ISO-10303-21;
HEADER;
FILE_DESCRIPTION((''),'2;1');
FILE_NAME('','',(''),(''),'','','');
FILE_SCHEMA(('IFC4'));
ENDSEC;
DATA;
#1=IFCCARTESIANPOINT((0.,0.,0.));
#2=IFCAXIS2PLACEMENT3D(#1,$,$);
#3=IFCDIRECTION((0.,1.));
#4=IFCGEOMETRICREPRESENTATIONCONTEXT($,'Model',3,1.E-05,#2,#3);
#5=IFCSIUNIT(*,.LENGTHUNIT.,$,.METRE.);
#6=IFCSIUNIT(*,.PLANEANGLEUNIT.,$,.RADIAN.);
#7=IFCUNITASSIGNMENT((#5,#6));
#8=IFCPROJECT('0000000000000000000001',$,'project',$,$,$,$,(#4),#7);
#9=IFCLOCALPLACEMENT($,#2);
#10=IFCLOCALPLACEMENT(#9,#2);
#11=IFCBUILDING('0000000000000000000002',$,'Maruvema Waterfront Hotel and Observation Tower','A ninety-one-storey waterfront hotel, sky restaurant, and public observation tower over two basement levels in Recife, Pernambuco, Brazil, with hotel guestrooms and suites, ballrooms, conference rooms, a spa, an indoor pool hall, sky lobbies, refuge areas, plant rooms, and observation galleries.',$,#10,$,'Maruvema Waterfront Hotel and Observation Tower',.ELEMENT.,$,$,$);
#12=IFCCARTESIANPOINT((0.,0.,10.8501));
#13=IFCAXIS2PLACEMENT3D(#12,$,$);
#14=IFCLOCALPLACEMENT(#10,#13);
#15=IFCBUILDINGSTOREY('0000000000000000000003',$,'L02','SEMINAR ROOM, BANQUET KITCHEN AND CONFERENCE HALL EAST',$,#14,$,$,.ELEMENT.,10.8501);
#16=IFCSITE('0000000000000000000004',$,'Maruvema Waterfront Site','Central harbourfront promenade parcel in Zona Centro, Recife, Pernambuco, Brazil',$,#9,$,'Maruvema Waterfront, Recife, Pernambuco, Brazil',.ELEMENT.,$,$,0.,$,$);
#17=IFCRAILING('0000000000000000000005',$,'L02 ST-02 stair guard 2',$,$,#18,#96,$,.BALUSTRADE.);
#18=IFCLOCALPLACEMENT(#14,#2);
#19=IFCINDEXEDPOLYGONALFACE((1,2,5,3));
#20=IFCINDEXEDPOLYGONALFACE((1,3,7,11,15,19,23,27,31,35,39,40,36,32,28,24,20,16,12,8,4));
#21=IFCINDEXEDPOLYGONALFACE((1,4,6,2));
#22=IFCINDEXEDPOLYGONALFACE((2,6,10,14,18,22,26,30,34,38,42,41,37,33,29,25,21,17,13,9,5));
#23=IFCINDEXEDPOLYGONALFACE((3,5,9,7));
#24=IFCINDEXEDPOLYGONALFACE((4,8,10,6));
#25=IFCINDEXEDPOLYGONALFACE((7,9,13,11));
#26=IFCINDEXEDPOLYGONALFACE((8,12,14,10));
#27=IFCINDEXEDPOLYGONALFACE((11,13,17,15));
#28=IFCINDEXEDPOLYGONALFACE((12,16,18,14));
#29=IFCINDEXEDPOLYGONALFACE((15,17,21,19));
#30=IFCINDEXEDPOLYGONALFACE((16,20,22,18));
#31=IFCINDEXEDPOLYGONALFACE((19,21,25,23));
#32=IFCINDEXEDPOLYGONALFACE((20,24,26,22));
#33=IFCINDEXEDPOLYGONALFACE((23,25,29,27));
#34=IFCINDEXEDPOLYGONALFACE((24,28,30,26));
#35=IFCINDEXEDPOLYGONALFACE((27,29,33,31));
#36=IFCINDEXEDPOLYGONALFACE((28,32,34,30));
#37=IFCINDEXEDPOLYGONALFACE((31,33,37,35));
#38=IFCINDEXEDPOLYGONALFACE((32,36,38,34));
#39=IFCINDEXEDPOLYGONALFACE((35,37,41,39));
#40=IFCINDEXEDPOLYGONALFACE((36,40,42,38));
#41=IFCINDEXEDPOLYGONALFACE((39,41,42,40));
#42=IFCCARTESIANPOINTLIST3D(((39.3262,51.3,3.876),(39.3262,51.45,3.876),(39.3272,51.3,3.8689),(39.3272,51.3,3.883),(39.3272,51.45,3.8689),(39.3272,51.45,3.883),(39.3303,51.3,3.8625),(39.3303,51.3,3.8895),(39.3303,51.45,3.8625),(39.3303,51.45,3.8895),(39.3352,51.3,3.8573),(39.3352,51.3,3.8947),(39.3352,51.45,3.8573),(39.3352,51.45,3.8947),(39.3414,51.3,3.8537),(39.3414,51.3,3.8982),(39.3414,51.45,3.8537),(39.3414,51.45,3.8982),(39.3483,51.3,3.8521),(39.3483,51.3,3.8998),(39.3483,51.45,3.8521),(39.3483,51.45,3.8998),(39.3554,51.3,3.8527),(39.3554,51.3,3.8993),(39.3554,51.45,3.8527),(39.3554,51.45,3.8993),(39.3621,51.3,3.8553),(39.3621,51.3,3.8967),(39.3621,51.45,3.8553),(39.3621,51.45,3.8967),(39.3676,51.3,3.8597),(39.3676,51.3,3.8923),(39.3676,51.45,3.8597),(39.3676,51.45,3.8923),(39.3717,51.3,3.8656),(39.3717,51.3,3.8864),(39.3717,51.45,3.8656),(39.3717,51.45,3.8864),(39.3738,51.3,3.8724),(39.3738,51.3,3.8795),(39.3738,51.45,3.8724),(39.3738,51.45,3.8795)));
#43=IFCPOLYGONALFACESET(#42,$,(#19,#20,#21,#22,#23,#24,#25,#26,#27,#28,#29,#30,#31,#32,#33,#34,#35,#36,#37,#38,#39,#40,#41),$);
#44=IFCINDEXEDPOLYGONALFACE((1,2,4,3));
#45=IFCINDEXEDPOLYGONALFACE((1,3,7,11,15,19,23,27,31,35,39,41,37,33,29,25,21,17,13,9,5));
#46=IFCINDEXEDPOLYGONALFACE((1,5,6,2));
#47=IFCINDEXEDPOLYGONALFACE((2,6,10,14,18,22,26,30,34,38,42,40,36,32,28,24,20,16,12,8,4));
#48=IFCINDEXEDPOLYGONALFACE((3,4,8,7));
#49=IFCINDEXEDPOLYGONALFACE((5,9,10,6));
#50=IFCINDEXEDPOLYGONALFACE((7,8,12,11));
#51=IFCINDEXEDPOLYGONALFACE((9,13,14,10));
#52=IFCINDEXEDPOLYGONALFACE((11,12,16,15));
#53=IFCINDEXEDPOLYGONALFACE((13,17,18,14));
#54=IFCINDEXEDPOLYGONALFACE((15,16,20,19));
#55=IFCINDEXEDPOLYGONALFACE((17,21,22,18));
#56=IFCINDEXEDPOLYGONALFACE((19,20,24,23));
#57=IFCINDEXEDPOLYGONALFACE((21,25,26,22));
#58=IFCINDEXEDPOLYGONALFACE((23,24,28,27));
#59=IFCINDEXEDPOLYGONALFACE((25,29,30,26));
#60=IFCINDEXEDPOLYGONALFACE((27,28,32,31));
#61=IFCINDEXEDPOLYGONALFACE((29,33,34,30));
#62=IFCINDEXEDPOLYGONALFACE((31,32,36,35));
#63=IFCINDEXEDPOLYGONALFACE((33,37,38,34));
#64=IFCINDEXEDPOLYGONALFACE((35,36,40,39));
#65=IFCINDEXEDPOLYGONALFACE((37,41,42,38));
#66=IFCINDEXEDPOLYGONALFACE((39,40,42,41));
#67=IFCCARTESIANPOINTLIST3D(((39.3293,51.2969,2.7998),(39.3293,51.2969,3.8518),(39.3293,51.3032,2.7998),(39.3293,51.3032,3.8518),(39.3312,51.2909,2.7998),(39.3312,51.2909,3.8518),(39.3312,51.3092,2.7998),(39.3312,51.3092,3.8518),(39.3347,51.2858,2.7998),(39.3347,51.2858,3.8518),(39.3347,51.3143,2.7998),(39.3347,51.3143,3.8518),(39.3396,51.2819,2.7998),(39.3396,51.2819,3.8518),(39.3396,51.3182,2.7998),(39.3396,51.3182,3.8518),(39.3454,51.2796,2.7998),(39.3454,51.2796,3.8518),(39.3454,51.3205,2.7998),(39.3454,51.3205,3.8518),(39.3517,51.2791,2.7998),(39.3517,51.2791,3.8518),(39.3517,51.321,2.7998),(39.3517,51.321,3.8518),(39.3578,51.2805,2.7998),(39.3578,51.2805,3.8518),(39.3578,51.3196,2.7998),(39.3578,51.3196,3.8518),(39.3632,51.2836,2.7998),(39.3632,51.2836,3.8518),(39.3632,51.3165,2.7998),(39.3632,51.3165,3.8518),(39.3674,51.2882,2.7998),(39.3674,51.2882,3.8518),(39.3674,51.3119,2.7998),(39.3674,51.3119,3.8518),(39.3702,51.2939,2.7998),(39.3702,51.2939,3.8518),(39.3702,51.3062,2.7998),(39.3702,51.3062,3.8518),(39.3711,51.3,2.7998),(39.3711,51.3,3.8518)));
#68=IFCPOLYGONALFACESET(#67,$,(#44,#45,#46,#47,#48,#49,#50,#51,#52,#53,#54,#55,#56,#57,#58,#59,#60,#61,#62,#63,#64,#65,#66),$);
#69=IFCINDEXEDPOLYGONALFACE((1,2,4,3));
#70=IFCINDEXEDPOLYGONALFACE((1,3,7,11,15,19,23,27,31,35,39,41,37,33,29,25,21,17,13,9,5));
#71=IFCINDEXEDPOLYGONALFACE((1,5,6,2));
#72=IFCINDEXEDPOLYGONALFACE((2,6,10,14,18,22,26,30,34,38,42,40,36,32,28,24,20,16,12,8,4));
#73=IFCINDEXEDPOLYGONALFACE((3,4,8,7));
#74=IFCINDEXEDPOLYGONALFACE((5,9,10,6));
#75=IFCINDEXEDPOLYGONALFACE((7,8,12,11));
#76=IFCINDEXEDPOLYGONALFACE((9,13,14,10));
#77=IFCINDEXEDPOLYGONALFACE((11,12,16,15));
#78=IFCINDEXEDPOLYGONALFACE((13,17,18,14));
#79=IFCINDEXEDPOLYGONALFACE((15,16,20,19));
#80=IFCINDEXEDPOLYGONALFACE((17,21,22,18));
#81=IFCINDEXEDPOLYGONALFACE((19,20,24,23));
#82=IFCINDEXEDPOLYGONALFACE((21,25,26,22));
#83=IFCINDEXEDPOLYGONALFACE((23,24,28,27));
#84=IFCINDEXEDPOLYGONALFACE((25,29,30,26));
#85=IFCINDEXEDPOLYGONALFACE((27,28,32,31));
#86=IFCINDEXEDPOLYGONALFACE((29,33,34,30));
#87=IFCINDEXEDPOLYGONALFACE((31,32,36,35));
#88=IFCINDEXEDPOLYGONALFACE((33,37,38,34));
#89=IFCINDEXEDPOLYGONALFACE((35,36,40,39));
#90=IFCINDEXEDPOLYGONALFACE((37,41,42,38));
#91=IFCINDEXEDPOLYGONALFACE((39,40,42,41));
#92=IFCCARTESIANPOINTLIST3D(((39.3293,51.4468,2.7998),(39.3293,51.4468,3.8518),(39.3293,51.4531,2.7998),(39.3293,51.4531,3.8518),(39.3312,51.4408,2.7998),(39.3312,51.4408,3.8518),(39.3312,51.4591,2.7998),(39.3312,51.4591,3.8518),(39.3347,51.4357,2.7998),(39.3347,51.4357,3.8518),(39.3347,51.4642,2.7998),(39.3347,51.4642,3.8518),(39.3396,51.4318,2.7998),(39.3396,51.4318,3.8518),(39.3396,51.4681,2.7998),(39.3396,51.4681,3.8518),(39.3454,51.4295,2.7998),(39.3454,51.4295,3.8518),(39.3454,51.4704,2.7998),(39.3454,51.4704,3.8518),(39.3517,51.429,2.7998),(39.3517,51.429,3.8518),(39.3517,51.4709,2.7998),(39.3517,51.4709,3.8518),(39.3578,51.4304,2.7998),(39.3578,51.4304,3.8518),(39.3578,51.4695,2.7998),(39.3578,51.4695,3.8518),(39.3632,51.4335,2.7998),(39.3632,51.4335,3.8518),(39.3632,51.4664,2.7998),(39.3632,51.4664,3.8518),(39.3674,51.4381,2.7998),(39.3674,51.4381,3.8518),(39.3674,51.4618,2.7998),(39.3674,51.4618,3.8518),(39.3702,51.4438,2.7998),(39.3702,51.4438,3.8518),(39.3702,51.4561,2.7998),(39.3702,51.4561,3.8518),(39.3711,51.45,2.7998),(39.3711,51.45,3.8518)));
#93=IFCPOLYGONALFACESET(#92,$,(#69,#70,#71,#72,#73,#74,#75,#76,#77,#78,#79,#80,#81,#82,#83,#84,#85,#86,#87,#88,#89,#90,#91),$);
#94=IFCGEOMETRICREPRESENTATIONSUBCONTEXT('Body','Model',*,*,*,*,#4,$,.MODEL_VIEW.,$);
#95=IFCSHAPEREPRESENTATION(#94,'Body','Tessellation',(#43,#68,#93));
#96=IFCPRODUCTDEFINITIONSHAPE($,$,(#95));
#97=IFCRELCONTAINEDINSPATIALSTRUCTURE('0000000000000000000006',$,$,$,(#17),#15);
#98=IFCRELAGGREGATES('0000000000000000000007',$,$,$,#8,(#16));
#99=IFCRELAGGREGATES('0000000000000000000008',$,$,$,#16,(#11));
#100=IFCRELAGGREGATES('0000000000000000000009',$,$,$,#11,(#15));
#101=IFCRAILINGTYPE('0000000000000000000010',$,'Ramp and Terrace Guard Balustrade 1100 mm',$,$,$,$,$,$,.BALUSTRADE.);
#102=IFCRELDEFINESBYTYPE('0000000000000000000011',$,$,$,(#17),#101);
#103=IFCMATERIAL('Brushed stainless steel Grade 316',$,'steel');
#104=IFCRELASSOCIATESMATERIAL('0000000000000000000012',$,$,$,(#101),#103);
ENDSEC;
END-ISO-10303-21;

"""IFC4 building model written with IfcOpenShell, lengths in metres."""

from ifc_helpers import new_model, si_unit, direction, frame, origin, origin_2d, place, context, subcontext, project, spatial, circle, extrude, material, type_object, element, save


model = new_model("IFC4")

# Units and contexts
model_context = context("Model", 3, precision=1e-05, world=origin(), true_north=direction((0.0, 1.0)))
body_context = subcontext(model_context, "Body", "Model", "MODEL_VIEW")
ifc_project = project(units=[si_unit("LENGTHUNIT", "METRE"), si_unit("PLANEANGLEUNIT", "RADIAN")], contexts=[model_context])

# Site, building, storey
site_placement = place(None, origin())
site = spatial("IfcSite", under=ifc_project, at=site_placement, Name="Maruvema Waterfront Site", Description="Central harbourfront promenade parcel in Zona Centro, Recife, Pernambuco, Brazil", LongName="Maruvema Waterfront, Recife, Pernambuco, Brazil", CompositionType="ELEMENT", RefElevation=0.0)
building_placement = place(site_placement, origin())
building = spatial("IfcBuilding", under=site, at=building_placement, Name="Maruvema Waterfront Hotel and Observation Tower", Description="A ninety-one-storey waterfront hotel, sky restaurant, and public observation tower over two basement levels in Recife, Pernambuco, Brazil, with hotel guestrooms and suites, ballrooms, conference rooms, a spa, an indoor pool hall, sky lobbies, refuge areas, plant rooms, and observation galleries.", LongName="Maruvema Waterfront Hotel and Observation Tower", CompositionType="ELEMENT")
storey_placement = place(building_placement, frame((0.0, 0.0, 10.8501)))
storey = spatial("IfcBuildingStorey", under=building, at=storey_placement, Name="L02", Description="SEMINAR ROOM, BANQUET KITCHEN AND CONFERENCE HALL EAST", CompositionType="ELEMENT", Elevation=10.8501)

# Railing
ifc_material_1 = material(Name="Brushed stainless steel Grade 316", Category="steel")
railing_type_1 = type_object("IfcRailingType", Name="Ramp and Terrace Guard Balustrade 1100 mm", PredefinedType="BALUSTRADE", material=ifc_material_1)
railing_1_placement = place(storey_placement, frame((39.3501, 51.3, 2.7998)))
element("IfcRailing", 1, at=railing_1_placement, inside=storey, type_object=railing_type_1, Name="L02 ST-02 stair guard 2", PredefinedType="BALUSTRADE", context=body_context, shape_type="SweptSolid", body=[
    extrude(circle(Radius=0.0239, at=origin_2d()), frame((0.0, 0.0, 1.0762), z_axis=(0.0, 1.0, 0.0), x_axis=(-1.0, 0.0, 0.0)), (0.0, 0.0, 1.0), 0.1499),
    extrude(circle(Radius=0.021, at=origin_2d()), origin(), (0.0, 0.0, 1.0), 1.052),
    extrude(circle(Radius=0.021, at=origin_2d()), frame((0.0, 0.1499, 0.0)), (0.0, 0.0, 1.0), 1.052),
])

save(model, "model.ifc")
